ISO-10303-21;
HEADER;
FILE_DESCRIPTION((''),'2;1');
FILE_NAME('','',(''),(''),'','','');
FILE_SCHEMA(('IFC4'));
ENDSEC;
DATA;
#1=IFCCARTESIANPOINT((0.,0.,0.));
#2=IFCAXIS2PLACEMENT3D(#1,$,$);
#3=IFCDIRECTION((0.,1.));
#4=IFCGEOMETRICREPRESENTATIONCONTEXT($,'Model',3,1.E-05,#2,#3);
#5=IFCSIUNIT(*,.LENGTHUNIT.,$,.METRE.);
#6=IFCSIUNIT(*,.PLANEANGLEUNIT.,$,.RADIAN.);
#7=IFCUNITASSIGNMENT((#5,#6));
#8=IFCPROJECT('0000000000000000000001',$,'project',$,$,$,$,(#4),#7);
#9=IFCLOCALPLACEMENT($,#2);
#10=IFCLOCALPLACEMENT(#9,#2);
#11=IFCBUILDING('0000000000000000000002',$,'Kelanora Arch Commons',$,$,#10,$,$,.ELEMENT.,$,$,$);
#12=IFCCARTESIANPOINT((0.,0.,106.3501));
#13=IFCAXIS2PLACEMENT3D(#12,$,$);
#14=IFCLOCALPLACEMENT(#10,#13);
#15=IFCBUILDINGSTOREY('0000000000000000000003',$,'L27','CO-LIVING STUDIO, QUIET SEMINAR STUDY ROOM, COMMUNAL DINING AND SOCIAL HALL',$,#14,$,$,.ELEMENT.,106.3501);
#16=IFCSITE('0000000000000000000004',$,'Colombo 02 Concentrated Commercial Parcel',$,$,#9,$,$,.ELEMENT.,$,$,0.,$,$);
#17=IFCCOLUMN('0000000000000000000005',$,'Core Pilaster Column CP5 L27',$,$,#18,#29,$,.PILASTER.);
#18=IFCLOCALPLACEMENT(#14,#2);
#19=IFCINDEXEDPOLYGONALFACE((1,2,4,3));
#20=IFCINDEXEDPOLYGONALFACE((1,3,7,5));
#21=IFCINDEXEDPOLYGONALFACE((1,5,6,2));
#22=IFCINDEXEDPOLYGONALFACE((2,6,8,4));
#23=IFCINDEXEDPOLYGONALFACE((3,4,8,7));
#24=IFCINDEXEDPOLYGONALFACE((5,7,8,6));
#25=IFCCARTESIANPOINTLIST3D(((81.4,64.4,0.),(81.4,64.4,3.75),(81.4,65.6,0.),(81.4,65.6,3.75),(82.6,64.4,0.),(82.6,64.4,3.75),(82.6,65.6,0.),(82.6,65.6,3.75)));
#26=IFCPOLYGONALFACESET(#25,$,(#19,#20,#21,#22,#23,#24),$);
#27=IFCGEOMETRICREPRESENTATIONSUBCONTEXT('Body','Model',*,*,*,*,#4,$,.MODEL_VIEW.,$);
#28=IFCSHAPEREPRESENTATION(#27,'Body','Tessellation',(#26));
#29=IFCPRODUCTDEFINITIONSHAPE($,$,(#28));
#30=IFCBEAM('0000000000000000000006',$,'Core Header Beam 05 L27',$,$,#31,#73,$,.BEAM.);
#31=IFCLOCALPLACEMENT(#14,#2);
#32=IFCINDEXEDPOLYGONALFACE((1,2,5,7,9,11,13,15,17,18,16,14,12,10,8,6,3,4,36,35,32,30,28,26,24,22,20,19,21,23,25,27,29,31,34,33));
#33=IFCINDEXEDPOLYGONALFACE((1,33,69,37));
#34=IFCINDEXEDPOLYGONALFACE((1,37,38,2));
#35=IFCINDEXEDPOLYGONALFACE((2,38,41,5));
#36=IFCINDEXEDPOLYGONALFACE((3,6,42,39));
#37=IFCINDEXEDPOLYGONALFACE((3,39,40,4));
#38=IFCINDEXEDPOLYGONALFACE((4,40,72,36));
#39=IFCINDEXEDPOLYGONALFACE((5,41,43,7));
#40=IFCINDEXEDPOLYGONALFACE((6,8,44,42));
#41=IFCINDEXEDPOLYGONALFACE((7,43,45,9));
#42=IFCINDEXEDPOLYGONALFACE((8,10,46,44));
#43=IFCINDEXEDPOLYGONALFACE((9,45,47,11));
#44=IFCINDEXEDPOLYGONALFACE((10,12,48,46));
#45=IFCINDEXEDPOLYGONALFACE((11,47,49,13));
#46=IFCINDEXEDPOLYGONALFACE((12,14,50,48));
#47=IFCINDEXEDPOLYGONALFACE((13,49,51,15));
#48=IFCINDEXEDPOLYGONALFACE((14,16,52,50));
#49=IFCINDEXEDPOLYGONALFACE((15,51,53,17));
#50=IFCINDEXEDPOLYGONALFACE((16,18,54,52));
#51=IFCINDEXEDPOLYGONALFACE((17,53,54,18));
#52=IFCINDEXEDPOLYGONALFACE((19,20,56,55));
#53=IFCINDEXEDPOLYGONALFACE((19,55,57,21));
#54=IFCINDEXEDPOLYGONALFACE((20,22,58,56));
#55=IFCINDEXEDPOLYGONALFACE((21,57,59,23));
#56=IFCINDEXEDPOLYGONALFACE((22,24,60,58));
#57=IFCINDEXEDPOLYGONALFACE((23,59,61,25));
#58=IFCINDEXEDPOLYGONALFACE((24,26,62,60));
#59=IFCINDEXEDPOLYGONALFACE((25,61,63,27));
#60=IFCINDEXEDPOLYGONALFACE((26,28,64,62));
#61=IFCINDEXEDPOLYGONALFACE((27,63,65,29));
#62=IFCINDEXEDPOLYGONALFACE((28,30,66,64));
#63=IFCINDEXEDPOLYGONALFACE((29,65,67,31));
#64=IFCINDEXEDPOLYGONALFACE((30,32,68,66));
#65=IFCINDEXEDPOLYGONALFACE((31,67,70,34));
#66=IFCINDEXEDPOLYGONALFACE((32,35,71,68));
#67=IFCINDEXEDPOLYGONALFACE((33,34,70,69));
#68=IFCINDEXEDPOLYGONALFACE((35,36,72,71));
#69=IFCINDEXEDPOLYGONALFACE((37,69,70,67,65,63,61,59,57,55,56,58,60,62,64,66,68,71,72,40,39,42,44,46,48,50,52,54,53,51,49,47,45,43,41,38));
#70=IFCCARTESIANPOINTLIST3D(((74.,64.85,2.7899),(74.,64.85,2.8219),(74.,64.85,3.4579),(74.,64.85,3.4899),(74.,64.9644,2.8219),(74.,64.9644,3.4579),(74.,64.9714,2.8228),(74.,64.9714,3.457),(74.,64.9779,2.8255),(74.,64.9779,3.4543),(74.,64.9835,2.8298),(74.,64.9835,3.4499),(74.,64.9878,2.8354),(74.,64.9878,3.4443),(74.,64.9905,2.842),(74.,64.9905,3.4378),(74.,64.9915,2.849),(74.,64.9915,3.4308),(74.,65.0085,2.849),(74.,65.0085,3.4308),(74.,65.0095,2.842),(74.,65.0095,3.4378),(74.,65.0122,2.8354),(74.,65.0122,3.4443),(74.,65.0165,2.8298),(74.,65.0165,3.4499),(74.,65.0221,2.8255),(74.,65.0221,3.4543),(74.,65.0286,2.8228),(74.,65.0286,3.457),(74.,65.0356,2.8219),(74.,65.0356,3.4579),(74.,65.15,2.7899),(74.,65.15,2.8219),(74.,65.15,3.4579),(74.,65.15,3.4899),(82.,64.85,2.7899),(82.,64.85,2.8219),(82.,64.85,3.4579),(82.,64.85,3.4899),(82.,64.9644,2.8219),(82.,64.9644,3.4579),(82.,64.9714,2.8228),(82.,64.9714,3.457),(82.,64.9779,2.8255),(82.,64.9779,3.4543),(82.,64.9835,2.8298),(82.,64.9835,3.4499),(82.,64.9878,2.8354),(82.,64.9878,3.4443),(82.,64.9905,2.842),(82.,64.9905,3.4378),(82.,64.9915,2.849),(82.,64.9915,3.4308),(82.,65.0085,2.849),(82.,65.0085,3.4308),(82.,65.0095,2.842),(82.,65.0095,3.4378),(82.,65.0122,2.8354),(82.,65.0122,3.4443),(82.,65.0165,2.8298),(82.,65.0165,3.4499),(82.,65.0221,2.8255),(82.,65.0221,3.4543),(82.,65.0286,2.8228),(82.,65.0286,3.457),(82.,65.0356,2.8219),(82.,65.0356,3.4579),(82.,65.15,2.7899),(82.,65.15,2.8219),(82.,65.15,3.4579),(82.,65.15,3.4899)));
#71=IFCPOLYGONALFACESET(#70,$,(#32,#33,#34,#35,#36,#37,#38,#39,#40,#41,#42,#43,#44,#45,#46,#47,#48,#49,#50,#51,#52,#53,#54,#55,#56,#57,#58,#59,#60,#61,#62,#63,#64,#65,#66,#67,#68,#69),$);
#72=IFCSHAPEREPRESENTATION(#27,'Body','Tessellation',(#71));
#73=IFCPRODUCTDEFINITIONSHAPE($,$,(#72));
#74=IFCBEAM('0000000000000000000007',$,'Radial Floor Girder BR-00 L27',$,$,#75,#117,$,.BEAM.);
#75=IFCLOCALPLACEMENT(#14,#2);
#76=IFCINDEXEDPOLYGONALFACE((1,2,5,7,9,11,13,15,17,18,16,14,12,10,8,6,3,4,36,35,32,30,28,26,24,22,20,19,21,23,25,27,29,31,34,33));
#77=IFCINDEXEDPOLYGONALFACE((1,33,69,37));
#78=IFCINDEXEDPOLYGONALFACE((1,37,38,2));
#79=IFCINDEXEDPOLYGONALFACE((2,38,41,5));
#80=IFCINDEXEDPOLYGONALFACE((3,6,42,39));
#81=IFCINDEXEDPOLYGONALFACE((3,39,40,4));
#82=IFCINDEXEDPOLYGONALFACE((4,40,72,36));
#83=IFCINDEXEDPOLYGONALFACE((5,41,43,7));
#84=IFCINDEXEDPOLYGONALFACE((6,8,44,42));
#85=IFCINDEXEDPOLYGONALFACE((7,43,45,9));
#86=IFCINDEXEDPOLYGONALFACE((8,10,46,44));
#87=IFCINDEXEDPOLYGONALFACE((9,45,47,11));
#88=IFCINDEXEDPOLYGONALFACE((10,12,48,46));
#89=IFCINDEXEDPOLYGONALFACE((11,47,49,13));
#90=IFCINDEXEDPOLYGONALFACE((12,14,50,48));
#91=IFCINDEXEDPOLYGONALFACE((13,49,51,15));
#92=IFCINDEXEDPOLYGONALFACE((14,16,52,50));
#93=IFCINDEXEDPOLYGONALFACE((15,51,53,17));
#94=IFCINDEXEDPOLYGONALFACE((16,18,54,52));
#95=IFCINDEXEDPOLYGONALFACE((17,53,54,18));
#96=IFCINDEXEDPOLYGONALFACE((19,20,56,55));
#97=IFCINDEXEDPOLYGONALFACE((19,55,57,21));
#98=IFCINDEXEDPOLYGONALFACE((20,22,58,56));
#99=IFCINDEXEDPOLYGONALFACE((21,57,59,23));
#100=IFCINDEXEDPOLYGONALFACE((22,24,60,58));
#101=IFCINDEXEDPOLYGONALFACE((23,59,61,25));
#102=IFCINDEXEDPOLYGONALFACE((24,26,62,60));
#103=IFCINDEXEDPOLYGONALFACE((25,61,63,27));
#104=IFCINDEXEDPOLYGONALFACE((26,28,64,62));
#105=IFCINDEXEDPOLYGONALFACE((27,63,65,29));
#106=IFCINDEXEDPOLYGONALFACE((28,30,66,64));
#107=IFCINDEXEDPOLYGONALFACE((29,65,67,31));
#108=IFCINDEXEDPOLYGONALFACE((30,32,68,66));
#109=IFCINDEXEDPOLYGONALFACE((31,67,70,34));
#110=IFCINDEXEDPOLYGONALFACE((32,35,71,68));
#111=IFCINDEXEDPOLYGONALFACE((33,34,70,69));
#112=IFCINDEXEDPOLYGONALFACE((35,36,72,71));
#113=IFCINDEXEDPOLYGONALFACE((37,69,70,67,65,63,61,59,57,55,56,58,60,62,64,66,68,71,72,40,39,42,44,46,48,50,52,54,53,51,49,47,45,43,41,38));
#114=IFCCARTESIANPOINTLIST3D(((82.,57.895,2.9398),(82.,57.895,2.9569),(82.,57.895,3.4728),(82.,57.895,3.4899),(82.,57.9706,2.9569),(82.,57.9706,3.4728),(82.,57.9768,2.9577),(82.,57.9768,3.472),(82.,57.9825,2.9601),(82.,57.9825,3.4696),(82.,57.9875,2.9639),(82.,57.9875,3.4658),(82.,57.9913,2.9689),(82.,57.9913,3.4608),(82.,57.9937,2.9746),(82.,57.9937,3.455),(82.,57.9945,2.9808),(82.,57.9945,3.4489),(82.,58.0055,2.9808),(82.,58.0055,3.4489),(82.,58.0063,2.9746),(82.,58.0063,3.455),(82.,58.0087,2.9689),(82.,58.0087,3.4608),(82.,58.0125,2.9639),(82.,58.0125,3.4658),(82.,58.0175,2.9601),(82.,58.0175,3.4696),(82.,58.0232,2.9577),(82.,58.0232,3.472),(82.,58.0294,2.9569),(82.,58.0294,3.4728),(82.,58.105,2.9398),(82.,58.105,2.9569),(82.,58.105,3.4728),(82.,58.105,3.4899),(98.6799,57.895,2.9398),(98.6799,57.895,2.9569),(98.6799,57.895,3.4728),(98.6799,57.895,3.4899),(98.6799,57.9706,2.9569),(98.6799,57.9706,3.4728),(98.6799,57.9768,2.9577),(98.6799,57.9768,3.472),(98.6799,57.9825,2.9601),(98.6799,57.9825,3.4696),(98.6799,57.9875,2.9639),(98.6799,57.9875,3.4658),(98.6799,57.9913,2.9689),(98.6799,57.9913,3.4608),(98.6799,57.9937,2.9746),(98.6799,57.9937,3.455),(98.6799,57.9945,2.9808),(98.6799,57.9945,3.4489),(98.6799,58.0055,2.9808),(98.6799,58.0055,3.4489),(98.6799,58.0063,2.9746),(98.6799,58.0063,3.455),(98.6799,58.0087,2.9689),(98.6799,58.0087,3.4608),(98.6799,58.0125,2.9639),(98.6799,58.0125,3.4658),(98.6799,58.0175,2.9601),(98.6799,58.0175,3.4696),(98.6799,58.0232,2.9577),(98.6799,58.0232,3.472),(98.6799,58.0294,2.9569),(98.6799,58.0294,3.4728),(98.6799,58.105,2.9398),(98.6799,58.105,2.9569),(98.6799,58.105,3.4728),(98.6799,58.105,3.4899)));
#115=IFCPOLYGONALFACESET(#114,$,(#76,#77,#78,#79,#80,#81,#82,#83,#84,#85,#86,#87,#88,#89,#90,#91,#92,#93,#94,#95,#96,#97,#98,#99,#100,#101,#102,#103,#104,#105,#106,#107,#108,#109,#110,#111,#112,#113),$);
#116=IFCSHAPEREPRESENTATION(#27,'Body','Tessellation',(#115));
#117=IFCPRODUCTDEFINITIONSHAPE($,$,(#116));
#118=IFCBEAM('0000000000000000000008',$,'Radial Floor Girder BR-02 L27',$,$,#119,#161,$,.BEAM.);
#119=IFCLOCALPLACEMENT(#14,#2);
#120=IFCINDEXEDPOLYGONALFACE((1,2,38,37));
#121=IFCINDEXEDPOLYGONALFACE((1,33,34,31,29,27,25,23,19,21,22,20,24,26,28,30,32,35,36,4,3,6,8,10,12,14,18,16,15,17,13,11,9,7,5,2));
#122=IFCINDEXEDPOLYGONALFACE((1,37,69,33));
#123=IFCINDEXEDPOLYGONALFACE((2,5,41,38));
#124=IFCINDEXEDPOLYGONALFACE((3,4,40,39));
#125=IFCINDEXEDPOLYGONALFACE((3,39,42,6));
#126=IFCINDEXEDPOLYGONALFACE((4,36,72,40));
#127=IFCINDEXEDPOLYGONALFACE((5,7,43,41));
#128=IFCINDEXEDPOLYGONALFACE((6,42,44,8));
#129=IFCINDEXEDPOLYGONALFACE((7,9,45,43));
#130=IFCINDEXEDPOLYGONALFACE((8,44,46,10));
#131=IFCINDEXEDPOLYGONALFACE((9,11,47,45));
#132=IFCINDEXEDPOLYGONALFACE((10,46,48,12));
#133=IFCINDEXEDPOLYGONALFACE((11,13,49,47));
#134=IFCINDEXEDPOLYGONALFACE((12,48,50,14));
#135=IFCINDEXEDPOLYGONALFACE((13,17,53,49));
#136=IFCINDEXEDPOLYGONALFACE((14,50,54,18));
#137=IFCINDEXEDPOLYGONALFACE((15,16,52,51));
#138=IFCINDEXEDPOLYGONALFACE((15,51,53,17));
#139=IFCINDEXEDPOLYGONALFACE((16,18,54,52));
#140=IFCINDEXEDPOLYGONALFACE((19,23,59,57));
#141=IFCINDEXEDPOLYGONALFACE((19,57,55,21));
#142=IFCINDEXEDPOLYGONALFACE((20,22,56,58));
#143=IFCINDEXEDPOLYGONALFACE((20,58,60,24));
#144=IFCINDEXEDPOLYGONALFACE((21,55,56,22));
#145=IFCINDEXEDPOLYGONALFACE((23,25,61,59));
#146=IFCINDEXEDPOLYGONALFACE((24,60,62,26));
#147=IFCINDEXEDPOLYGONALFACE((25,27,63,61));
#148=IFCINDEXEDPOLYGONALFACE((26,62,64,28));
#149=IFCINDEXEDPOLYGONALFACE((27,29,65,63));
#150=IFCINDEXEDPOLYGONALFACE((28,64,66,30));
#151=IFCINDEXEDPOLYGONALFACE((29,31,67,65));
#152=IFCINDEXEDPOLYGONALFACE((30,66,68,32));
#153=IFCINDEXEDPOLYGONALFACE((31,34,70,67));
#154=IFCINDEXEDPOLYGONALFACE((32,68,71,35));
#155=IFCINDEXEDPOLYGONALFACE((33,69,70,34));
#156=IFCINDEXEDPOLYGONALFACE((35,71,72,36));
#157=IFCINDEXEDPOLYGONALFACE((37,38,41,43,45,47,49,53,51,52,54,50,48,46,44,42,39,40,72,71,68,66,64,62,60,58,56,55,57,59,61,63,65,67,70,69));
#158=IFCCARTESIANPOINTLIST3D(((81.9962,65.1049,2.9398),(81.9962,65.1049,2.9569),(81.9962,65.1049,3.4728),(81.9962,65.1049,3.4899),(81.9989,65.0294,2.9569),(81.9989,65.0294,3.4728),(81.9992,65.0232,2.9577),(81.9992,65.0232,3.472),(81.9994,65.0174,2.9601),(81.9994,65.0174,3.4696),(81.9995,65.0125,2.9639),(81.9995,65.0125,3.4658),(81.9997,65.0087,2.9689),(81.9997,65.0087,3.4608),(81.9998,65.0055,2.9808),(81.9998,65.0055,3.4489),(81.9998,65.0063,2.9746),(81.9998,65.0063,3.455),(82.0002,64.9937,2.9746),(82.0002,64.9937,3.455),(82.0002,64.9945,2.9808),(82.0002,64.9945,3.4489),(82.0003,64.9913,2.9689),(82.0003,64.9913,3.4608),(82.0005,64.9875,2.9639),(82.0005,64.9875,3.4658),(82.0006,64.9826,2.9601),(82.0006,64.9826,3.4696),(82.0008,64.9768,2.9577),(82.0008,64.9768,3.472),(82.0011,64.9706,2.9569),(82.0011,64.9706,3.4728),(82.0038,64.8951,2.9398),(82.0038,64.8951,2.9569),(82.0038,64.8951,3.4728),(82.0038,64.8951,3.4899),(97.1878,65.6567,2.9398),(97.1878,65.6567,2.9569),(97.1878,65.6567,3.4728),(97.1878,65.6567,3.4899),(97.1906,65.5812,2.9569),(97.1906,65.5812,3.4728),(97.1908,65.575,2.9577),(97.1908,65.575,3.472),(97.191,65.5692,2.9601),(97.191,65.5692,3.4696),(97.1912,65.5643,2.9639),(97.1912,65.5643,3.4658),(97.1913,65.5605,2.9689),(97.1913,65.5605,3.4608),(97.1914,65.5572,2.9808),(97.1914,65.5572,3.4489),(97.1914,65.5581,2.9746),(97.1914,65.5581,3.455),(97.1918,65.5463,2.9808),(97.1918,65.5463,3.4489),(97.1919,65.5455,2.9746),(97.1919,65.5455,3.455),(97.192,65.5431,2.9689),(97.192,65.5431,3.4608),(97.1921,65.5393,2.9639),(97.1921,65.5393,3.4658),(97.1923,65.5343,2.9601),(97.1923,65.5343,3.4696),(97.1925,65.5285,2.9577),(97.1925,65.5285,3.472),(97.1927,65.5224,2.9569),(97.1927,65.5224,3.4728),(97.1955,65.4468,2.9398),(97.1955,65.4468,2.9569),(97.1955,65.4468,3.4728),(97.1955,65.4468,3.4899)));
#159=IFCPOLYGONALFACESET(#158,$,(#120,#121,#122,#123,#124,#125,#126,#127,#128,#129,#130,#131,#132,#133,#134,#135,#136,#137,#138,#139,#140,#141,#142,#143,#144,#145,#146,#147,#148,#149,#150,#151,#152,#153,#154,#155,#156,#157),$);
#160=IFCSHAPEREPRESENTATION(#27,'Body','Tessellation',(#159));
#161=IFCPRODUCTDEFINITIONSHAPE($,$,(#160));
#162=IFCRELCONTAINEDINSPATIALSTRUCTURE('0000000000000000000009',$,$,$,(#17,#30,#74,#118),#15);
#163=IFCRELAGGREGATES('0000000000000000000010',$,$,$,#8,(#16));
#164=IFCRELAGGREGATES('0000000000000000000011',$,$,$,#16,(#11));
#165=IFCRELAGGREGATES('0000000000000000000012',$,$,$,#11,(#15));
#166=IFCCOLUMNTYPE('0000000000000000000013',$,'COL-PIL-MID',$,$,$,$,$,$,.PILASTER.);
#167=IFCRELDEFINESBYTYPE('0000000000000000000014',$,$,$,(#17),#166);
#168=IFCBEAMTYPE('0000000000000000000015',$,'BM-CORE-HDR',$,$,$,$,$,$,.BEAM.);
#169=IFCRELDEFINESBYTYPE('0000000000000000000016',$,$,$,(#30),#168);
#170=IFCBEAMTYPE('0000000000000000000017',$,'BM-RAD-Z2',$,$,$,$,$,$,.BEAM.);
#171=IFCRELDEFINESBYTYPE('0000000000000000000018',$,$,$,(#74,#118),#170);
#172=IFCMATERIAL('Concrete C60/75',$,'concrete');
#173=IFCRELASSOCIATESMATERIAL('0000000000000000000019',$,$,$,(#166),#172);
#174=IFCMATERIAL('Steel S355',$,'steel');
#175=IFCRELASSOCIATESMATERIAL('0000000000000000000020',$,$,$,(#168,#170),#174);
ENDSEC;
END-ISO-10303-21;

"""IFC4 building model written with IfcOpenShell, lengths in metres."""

from ifc_helpers import new_model, si_unit, direction, frame, origin, origin_2d, place, context, subcontext, project, spatial, rectangle, i_section, extrude, material, material_profile, profile_set, type_object, element, save


model = new_model("IFC4")

# Units and contexts
model_context = context("Model", 3, precision=1e-05, world=origin(), true_north=direction((0.0, 1.0)))
body_context = subcontext(model_context, "Body", "Model", "MODEL_VIEW")
ifc_project = project(units=[si_unit("LENGTHUNIT", "METRE"), si_unit("PLANEANGLEUNIT", "RADIAN")], contexts=[model_context])

# Site, building, storey
site_placement = place(None, origin())
site = spatial("IfcSite", under=ifc_project, at=site_placement, Name="Colombo 02 Concentrated Commercial Parcel", CompositionType="ELEMENT", RefElevation=0.0)
building_placement = place(site_placement, origin())
building = spatial("IfcBuilding", under=site, at=building_placement, Name="Kelanora Arch Commons", CompositionType="ELEMENT")
storey_placement = place(building_placement, frame((0.0, 0.0, 106.3501)))
storey = spatial("IfcBuildingStorey", under=building, at=storey_placement, Name="L27", Description="CO-LIVING STUDIO, QUIET SEMINAR STUDY ROOM, COMMUNAL DINING AND SOCIAL HALL", CompositionType="ELEMENT", Elevation=106.3501)

# Column
ifc_material_1 = material(Name="Concrete C60/75", Category="concrete")
ifc_material_profile_1 = material_profile(ifc_material_1, rectangle(XDim=1.2, YDim=1.2, at=origin_2d()), Name="RC1200x1200")
ifc_profile_set_1 = profile_set([ifc_material_profile_1], Name="Concrete C60/75")
column_type = type_object("IfcColumnType", Name="COL-PIL-MID", PredefinedType="PILASTER", material=ifc_profile_set_1)
column_placement = place(storey_placement, frame((82.0, 65.0, 0.0), z_axis=(0.0, 0.0, 1.0), x_axis=(1.0, 0.0, 0.0)))
element("IfcColumn", 1, at=column_placement, inside=storey, type_object=column_type, Name="Core Pilaster Column CP5 L27", PredefinedType="PILASTER", context=body_context, shape_type="SweptSolid", body=[
    extrude(rectangle(XDim=1.2, YDim=1.2, at=origin_2d()), origin(), (0.0, 0.0, 1.0), 3.75),
])

# Beams
ifc_material_2 = material(Name="Steel S355", Category="steel")
ifc_material_profile_2 = material_profile(ifc_material_2, i_section(OverallWidth=0.3, OverallDepth=0.7, WebThickness=0.0171, FlangeThickness=0.032, FilletRadius=0.0271, at=origin_2d()), Name="HEB700")
ifc_profile_set_2 = profile_set([ifc_material_profile_2], Name="Steel S355")
beam_type_1 = type_object("IfcBeamType", Name="BM-CORE-HDR", PredefinedType="BEAM", material=ifc_profile_set_2)
beam_1_placement = place(storey_placement, frame((82.0, 65.0, 3.1399), z_axis=(-1.0, 0.0, 0.0), x_axis=(0.0, -1.0, 0.0)))
element("IfcBeam", 2, at=beam_1_placement, inside=storey, type_object=beam_type_1, Name="Core Header Beam 05 L27", PredefinedType="BEAM", context=body_context, shape_type="SweptSolid", body=[
    extrude(i_section(OverallWidth=0.3, OverallDepth=0.7, WebThickness=0.0171, FlangeThickness=0.032, FilletRadius=0.0271, at=origin_2d()), origin(), (0.0, 0.0, 1.0), 8.0),
])
ifc_material_profile_3 = material_profile(ifc_material_2, i_section(OverallWidth=0.21, OverallDepth=0.55, WebThickness=0.011, FlangeThickness=0.0171, FilletRadius=0.0239, at=origin_2d()), Name="IPE550")
ifc_profile_set_3 = profile_set([ifc_material_profile_3], Name="Steel S355")
beam_type_2 = type_object("IfcBeamType", Name="BM-RAD-Z2", PredefinedType="BEAM", material=ifc_profile_set_3)
beam_2_placement = place(storey_placement, frame((82.0, 58.0, 3.2148), z_axis=(1.0, 0.0, 0.0), x_axis=(0.0, 1.0, 0.0)))
element("IfcBeam", 3, at=beam_2_placement, inside=storey, type_object=beam_type_2, Name="Radial Floor Girder BR-00 L27", PredefinedType="BEAM", context=body_context, shape_type="SweptSolid", body=[
    extrude(i_section(OverallWidth=0.21, OverallDepth=0.55, WebThickness=0.011, FlangeThickness=0.0171, FilletRadius=0.0239, at=origin_2d()), origin(), (0.0, 0.0, 1.0), 16.6799),
])
beam_3_placement = place(storey_placement, frame((82.0, 65.0, 3.2148), z_axis=(0.999341, 0.036296, 0.0), x_axis=(-0.036296, 0.999341, 0.0)))
element("IfcBeam", 4, at=beam_3_placement, inside=storey, type_object=beam_type_2, Name="Radial Floor Girder BR-02 L27", PredefinedType="BEAM", context=body_context, shape_type="SweptSolid", body=[
    extrude(i_section(OverallWidth=0.21, OverallDepth=0.55, WebThickness=0.011, FlangeThickness=0.0171, FilletRadius=0.0239, at=origin_2d()), origin(), (0.0, 0.0, 1.0), 15.2017),
])

save(model, "model.ifc")
